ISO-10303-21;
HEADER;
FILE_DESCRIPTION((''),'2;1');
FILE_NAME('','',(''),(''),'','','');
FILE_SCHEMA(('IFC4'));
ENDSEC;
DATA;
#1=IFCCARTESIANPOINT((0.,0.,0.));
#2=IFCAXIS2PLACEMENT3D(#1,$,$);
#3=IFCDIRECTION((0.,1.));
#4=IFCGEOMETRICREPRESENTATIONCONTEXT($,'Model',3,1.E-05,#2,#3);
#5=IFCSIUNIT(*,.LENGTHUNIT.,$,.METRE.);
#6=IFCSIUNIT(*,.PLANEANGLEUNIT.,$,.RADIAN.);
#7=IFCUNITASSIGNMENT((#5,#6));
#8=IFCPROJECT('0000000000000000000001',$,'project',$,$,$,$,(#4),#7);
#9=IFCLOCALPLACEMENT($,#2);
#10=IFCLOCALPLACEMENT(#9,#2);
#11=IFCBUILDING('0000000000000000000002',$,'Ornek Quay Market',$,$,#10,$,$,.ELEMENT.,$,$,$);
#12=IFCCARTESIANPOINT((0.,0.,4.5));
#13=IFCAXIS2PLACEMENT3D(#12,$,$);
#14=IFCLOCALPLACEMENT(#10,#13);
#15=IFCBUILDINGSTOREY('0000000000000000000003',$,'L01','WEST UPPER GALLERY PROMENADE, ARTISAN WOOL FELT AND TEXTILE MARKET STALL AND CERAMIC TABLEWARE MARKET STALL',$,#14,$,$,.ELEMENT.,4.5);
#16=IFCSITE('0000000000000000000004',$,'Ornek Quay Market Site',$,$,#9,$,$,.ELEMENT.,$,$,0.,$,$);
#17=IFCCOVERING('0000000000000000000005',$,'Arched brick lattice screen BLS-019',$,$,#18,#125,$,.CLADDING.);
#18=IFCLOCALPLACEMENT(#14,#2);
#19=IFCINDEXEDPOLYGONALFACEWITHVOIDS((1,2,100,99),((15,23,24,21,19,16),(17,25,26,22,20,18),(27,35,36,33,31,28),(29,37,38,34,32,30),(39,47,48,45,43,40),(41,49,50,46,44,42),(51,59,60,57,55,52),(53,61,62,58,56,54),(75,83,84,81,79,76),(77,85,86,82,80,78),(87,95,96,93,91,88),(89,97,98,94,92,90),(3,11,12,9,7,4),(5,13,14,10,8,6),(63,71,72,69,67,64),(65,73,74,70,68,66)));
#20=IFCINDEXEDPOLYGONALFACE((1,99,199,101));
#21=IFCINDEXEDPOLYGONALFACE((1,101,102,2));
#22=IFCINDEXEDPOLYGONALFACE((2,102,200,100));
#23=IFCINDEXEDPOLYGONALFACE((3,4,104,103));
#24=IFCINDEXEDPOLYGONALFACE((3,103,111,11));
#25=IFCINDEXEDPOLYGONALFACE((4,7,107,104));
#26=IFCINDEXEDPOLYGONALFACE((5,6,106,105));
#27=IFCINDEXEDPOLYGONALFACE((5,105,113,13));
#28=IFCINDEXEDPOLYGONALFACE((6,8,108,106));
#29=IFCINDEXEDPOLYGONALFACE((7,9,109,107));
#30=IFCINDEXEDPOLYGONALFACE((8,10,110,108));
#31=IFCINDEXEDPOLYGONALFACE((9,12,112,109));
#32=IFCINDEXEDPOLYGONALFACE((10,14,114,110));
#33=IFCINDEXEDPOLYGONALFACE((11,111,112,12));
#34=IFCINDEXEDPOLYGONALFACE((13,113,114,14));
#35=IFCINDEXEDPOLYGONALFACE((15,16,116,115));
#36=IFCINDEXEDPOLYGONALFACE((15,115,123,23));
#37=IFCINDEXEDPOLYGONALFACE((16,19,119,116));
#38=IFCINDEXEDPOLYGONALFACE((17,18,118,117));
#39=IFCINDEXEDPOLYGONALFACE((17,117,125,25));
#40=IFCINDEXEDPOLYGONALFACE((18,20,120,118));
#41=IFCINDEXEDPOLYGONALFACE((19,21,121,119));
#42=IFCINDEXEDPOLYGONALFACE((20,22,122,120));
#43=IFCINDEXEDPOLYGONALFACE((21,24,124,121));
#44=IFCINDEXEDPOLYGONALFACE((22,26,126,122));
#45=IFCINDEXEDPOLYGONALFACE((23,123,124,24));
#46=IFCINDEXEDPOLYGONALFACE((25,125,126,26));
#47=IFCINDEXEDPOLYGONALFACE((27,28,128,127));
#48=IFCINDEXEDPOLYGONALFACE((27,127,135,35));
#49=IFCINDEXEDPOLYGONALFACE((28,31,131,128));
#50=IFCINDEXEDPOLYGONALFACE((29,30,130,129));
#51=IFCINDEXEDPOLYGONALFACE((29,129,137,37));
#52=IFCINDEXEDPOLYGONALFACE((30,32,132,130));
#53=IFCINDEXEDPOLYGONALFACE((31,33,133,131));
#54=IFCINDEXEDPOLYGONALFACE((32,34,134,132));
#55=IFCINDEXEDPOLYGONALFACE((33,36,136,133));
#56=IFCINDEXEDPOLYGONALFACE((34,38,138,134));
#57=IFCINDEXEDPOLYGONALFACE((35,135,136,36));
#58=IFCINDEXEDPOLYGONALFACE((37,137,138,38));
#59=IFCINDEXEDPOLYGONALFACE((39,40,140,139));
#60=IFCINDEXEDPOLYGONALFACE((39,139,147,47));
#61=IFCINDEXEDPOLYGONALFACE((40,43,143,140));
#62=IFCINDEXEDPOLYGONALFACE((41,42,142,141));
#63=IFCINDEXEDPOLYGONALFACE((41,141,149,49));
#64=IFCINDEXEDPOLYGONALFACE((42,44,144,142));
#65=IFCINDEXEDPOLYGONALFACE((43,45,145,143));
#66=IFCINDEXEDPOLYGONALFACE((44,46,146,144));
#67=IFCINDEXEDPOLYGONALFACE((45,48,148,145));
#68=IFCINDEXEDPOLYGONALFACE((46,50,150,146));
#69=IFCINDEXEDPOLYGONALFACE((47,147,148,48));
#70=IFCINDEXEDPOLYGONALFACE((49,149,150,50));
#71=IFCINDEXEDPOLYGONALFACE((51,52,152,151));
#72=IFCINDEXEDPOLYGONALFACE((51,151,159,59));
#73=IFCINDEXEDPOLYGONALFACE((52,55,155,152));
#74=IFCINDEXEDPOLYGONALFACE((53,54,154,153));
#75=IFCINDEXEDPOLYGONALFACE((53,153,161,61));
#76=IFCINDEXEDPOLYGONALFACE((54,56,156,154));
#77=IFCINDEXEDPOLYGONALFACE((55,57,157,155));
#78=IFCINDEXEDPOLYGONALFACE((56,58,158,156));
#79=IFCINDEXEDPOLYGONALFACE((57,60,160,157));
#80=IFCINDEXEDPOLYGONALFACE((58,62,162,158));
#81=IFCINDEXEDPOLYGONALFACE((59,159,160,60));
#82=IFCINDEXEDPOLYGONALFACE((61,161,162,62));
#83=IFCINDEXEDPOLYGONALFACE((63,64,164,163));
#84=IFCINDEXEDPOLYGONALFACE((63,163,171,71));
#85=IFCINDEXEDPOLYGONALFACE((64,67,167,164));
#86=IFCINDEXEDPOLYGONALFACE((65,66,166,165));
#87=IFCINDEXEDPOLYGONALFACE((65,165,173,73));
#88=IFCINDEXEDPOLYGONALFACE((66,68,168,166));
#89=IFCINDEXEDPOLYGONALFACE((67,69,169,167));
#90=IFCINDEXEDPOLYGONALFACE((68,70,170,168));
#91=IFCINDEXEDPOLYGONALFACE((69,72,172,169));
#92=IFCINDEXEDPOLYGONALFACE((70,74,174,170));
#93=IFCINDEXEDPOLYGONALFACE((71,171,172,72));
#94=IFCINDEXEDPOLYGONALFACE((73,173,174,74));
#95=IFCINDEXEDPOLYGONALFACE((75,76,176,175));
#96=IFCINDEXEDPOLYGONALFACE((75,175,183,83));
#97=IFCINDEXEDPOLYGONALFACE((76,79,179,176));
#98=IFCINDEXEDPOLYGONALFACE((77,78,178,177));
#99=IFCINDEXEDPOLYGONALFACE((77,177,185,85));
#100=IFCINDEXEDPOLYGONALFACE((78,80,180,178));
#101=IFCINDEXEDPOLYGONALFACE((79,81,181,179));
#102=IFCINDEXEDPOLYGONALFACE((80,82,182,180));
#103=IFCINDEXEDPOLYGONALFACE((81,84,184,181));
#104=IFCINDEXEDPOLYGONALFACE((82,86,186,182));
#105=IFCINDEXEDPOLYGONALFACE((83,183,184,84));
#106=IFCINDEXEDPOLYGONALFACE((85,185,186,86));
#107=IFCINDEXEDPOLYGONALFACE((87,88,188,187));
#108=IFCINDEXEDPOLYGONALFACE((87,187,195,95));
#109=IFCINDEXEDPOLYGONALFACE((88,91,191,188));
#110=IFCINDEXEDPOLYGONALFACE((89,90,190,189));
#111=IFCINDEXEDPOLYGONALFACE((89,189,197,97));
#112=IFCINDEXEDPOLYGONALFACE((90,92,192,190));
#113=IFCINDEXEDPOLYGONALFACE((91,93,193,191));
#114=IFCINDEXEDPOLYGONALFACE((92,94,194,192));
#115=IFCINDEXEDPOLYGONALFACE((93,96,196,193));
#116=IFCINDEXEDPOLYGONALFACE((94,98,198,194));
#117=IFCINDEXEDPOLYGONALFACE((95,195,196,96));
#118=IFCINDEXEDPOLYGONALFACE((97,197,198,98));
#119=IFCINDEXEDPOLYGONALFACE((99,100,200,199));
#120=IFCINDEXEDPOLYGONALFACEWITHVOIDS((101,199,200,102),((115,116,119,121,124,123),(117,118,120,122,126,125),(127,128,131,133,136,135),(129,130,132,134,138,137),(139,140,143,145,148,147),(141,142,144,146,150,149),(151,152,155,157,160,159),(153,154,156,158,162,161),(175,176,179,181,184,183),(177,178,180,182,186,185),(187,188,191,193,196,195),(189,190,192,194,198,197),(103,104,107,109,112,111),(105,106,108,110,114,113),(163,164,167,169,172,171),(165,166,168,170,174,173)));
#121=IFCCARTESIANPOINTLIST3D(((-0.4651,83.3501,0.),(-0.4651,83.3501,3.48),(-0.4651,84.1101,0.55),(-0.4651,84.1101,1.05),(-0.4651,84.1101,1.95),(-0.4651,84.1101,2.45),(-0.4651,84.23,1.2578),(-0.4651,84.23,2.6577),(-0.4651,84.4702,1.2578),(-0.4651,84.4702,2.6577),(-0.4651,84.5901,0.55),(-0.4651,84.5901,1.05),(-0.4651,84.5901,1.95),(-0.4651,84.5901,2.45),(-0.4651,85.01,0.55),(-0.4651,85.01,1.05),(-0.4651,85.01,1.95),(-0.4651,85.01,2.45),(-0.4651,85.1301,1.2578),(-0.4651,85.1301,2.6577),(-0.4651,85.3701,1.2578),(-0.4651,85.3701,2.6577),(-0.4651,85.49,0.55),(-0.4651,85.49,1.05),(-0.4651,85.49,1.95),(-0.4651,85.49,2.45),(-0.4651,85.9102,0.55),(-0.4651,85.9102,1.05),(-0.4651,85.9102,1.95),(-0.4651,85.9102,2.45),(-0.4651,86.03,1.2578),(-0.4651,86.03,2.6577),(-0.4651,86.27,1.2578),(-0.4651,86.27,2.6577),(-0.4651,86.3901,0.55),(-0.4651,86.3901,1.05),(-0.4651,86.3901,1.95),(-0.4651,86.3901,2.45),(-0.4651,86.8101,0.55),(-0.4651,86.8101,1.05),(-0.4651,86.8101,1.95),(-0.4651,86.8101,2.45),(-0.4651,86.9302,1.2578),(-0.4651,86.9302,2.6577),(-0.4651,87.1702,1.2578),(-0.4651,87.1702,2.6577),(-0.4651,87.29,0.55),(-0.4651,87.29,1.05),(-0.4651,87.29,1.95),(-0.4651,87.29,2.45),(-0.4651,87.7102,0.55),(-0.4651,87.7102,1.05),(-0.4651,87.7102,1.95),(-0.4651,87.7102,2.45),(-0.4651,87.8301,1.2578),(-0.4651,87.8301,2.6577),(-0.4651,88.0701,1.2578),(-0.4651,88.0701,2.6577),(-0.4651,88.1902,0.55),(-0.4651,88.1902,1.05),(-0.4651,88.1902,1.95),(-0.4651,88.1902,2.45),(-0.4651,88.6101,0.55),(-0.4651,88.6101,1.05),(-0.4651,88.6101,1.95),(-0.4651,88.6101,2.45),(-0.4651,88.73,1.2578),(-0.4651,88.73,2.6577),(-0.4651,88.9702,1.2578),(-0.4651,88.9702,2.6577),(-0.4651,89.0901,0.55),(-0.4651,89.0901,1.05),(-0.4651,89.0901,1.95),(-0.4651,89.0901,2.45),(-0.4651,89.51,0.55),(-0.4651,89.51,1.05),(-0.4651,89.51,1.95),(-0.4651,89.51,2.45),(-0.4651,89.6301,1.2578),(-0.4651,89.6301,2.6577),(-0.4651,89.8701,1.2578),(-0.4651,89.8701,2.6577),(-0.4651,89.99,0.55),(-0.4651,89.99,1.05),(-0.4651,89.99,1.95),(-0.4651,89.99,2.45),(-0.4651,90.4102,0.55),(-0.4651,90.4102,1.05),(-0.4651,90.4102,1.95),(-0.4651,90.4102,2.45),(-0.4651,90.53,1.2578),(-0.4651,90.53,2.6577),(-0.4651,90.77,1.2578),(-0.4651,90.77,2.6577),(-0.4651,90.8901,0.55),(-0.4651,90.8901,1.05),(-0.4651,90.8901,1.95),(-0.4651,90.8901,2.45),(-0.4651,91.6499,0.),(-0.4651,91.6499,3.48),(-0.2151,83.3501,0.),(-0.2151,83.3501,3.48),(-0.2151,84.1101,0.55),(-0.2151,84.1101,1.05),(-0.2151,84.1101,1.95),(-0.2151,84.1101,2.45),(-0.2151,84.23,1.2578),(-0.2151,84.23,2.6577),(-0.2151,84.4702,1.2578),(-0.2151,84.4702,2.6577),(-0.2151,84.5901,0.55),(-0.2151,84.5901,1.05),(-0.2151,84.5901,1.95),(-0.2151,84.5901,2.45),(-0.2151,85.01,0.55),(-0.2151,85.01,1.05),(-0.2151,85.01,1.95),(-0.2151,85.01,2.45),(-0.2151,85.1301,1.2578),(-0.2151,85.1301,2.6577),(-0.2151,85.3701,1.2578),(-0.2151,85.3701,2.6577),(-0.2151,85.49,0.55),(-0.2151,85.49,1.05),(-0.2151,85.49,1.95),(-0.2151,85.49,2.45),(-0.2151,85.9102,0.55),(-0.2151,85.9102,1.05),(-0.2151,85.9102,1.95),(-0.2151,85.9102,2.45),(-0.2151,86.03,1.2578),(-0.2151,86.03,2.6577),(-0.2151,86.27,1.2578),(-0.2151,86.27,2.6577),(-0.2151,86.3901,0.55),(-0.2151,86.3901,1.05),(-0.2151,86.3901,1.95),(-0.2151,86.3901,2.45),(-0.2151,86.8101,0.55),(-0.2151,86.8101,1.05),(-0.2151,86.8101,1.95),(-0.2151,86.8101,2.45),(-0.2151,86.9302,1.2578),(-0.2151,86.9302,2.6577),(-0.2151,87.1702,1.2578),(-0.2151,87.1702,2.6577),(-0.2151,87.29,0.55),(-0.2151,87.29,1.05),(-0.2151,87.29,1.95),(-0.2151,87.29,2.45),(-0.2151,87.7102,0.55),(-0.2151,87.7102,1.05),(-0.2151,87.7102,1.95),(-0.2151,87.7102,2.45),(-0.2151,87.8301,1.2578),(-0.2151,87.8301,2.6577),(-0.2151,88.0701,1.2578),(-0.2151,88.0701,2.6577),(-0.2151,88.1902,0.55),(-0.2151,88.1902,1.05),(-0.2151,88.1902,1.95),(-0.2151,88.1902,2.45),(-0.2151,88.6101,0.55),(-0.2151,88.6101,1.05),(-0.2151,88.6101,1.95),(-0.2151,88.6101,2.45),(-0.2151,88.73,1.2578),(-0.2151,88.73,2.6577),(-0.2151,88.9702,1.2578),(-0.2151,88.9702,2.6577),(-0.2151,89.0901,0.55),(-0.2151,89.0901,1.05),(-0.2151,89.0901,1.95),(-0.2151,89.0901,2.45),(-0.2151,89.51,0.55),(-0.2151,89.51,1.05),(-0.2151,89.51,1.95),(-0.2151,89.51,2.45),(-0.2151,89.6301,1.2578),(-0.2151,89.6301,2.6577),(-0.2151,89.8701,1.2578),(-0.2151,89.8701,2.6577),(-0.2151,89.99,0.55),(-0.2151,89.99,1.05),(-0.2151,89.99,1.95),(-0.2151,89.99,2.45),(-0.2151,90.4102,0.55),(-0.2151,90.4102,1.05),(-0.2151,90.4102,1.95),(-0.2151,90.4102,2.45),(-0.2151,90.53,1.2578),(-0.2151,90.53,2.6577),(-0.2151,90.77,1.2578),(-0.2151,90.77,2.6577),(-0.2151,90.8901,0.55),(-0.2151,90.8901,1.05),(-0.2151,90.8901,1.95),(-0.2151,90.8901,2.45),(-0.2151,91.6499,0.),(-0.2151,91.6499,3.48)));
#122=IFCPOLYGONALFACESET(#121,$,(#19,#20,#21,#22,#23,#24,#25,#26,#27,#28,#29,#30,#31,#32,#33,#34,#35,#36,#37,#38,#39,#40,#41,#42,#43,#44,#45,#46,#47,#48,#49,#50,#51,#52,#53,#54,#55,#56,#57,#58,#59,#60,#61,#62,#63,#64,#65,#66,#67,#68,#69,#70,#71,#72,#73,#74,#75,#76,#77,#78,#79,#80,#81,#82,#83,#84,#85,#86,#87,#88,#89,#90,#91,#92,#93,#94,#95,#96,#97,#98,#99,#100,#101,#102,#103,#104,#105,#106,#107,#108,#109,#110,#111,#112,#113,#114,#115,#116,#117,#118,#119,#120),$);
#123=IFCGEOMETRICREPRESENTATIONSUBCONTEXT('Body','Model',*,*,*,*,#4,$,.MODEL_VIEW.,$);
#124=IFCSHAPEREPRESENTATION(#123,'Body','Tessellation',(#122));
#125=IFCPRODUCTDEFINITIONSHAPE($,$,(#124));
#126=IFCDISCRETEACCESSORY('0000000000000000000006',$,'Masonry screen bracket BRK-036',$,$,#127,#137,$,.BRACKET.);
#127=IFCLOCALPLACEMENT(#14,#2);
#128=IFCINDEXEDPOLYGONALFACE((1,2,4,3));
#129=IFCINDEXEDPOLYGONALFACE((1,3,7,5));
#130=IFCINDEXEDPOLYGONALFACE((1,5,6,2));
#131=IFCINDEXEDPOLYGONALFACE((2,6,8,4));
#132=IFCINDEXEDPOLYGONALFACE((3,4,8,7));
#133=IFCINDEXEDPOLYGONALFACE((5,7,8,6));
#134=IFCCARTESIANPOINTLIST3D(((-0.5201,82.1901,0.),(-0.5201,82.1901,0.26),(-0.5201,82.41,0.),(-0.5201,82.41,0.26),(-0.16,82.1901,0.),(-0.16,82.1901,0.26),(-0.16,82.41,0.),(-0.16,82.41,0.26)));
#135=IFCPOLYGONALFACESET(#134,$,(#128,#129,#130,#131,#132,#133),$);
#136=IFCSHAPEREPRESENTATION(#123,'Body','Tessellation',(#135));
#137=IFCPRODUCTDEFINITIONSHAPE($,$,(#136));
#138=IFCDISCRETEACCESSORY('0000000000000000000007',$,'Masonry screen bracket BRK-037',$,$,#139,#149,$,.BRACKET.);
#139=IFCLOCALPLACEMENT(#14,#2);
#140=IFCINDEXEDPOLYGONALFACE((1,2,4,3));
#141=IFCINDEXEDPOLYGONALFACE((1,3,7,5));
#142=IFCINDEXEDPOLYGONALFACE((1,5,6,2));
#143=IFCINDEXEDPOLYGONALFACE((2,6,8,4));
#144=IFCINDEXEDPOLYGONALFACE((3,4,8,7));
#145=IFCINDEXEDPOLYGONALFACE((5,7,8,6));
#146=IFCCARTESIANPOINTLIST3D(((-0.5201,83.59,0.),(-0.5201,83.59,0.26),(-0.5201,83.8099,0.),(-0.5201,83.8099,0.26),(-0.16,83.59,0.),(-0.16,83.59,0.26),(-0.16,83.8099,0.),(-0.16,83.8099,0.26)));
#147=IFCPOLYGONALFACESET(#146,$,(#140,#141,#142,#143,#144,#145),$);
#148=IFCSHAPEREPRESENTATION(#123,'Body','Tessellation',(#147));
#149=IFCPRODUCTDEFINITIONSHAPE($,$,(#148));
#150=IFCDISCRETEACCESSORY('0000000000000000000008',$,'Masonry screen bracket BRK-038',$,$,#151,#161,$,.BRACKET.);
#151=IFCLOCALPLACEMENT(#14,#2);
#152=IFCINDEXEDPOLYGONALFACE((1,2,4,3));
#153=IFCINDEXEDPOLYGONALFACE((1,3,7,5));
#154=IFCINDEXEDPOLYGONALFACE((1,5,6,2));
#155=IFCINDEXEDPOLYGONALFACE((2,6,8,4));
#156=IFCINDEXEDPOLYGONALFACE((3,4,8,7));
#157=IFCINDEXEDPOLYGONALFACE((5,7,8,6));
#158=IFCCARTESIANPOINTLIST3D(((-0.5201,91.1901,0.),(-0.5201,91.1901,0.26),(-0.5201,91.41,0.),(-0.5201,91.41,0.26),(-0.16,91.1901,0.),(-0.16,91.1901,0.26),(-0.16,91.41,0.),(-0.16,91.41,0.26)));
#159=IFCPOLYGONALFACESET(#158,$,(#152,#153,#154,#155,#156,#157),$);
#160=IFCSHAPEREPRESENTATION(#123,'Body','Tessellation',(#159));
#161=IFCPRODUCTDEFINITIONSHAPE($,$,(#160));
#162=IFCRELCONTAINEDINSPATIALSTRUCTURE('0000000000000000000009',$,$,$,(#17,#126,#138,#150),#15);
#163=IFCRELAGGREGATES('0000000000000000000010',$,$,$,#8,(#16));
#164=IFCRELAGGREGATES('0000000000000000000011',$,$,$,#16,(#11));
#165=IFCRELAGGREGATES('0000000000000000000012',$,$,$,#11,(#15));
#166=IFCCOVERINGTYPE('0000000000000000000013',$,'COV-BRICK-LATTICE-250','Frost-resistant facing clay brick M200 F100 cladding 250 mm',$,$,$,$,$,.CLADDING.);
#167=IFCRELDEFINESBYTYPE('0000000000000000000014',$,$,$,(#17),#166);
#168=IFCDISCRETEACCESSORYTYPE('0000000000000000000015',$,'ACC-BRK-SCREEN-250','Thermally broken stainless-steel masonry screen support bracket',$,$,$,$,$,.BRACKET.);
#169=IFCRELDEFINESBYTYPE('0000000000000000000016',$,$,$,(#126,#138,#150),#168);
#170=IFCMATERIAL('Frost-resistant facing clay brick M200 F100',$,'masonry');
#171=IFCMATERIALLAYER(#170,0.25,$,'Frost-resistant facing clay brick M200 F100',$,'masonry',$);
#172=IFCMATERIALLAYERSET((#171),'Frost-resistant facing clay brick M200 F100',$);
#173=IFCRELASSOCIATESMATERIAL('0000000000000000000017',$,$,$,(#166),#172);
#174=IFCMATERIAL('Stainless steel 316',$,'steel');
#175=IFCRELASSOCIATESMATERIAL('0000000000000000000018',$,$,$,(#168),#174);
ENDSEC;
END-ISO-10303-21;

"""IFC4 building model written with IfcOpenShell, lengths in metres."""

from ifc_helpers import new_model, si_unit, direction, frame, origin, origin_2d, place, context, subcontext, project, spatial, polyline, rectangle, outline, extrude, material, layer, layer_set, type_object, element, save


model = new_model("IFC4")

# Units and contexts
model_context = context("Model", 3, precision=1e-05, world=origin(), true_north=direction((0.0, 1.0)))
body_context = subcontext(model_context, "Body", "Model", "MODEL_VIEW")
ifc_project = project(units=[si_unit("LENGTHUNIT", "METRE"), si_unit("PLANEANGLEUNIT", "RADIAN")], contexts=[model_context])

# Site, building, storey
site_placement = place(None, origin())
site = spatial("IfcSite", under=ifc_project, at=site_placement, Name="Ornek Quay Market Site", CompositionType="ELEMENT", RefElevation=0.0)
building_placement = place(site_placement, origin())
building = spatial("IfcBuilding", under=site, at=building_placement, Name="Ornek Quay Market", CompositionType="ELEMENT")
storey_placement = place(building_placement, frame((0.0, 0.0, 4.5)))
storey = spatial("IfcBuildingStorey", under=building, at=storey_placement, Name="L01", Description="WEST UPPER GALLERY PROMENADE, ARTISAN WOOL FELT AND TEXTILE MARKET STALL AND CERAMIC TABLEWARE MARKET STALL", CompositionType="ELEMENT", Elevation=4.5)

# Shared definitions
ifc_material_1 = material(Name="Frost-resistant facing clay brick M200 F100", Category="masonry")

# Covering
ifc_layer_1 = layer(ifc_material_1, 0.25, Name="Frost-resistant facing clay brick M200 F100", Category="masonry")
ifc_layer_set_1 = layer_set([ifc_layer_1], Name="Frost-resistant facing clay brick M200 F100")
covering_type = type_object("IfcCoveringType", Name="COV-BRICK-LATTICE-250", Description="Frost-resistant facing clay brick M200 F100 cladding 250 mm", PredefinedType="CLADDING", material=ifc_layer_set_1)
covering_placement = place(storey_placement, frame((-0.3401, 83.3501, 0.0), z_axis=(0.0, 0.0, 1.0), x_axis=(0.0, 1.0, 0.0)))
element("IfcCovering", 1, at=covering_placement, inside=storey, type_object=covering_type, Name="Arched brick lattice screen BLS-019", PredefinedType="CLADDING", context=body_context, shape_type="SweptSolid", body=[
    extrude(outline(polyline([(0.0, 0.0), (8.2998, 0.0), (8.2998, 3.48), (0.0, 3.48), (0.0, 0.0)]), holes=[polyline([(0.76, 0.55), (1.24, 0.55), (1.24, 1.05), (1.1201, 1.2578), (0.8799, 1.2578), (0.76, 1.05), (0.76, 0.55)]), polyline([(0.76, 1.95), (1.24, 1.95), (1.24, 2.45), (1.1201, 2.6577), (0.8799, 2.6577), (0.76, 2.45), (0.76, 1.95)]), polyline([(1.6599, 0.55), (2.1399, 0.55), (2.1399, 1.05), (2.02, 1.2578), (1.78, 1.2578), (1.6599, 1.05), (1.6599, 0.55)]), polyline([(1.6599, 1.95), (2.1399, 1.95), (2.1399, 2.45), (2.02, 2.6577), (1.78, 2.6577), (1.6599, 2.45), (1.6599, 1.95)]), polyline([(2.5601, 0.55), (3.04, 0.55), (3.04, 1.05), (2.9199, 1.2578), (2.6799, 1.2578), (2.5601, 1.05), (2.5601, 0.55)]), polyline([(2.5601, 1.95), (3.04, 1.95), (3.04, 2.45), (2.9199, 2.6577), (2.6799, 2.6577), (2.5601, 2.45), (2.5601, 1.95)]), polyline([(3.46, 0.55), (3.9399, 0.55), (3.9399, 1.05), (3.8201, 1.2578), (3.5801, 1.2578), (3.46, 1.05), (3.46, 0.55)]), polyline([(3.46, 1.95), (3.9399, 1.95), (3.9399, 2.45), (3.8201, 2.6577), (3.5801, 2.6577), (3.46, 2.45), (3.46, 1.95)]), polyline([(4.3601, 0.55), (4.8401, 0.55), (4.8401, 1.05), (4.72, 1.2578), (4.48, 1.2578), (4.3601, 1.05), (4.3601, 0.55)]), polyline([(4.3601, 1.95), (4.8401, 1.95), (4.8401, 2.45), (4.72, 2.6577), (4.48, 2.6577), (4.3601, 2.45), (4.3601, 1.95)]), polyline([(5.26, 0.55), (5.74, 0.55), (5.74, 1.05), (5.6201, 1.2578), (5.3799, 1.2578), (5.26, 1.05), (5.26, 0.55)]), polyline([(5.26, 1.95), (5.74, 1.95), (5.74, 2.45), (5.6201, 2.6577), (5.3799, 2.6577), (5.26, 2.45), (5.26, 1.95)]), polyline([(6.1599, 0.55), (6.6399, 0.55), (6.6399, 1.05), (6.52, 1.2578), (6.28, 1.2578), (6.1599, 1.05), (6.1599, 0.55)]), polyline([(6.1599, 1.95), (6.6399, 1.95), (6.6399, 2.45), (6.52, 2.6577), (6.28, 2.6577), (6.1599, 2.45), (6.1599, 1.95)]), polyline([(7.0601, 0.55), (7.54, 0.55), (7.54, 1.05), (7.4199, 1.2578), (7.1799, 1.2578), (7.0601, 1.05), (7.0601, 0.55)]), polyline([(7.0601, 1.95), (7.54, 1.95), (7.54, 2.45), (7.4199, 2.6577), (7.1799, 2.6577), (7.0601, 2.45), (7.0601, 1.95)])]), frame((0.0, 0.125, 0.0), z_axis=(0.0, -1.0, 0.0), x_axis=(1.0, 0.0, 0.0)), (0.0, 0.0, 1.0), 0.25),
])

# Discrete accessories
ifc_material_2 = material(Name="Stainless steel 316", Category="steel")
discrete_accessory_type = type_object("IfcDiscreteAccessoryType", Name="ACC-BRK-SCREEN-250", Description="Thermally broken stainless-steel masonry screen support bracket", PredefinedType="BRACKET", material=ifc_material_2)
for number, where, z_axis, x_axis, name in (
    (2, (-0.3401, 82.3, 0.0), (0.0, 0.0, 1.0), (0.0, 1.0, 0.0), "Masonry screen bracket BRK-036"),
    (3, (-0.3401, 83.7, 0.0), (0.0, 0.0, 1.0), (0.0, 1.0, 0.0), "Masonry screen bracket BRK-037"),
    (4, (-0.3401, 91.3, 0.0), (0.0, 0.0, 1.0), (0.0, 1.0, 0.0), "Masonry screen bracket BRK-038"),
):
    element("IfcDiscreteAccessory", number, at=place(storey_placement, frame(where, z_axis=z_axis, x_axis=x_axis)), inside=storey, type_object=discrete_accessory_type, Name=name, PredefinedType="BRACKET", context=body_context, shape_type="SweptSolid", body=[
        extrude(rectangle(XDim=0.22, YDim=0.3601, at=origin_2d()), origin(), (0.0, 0.0, 1.0), 0.26),
    ])

save(model, "model.ifc")
